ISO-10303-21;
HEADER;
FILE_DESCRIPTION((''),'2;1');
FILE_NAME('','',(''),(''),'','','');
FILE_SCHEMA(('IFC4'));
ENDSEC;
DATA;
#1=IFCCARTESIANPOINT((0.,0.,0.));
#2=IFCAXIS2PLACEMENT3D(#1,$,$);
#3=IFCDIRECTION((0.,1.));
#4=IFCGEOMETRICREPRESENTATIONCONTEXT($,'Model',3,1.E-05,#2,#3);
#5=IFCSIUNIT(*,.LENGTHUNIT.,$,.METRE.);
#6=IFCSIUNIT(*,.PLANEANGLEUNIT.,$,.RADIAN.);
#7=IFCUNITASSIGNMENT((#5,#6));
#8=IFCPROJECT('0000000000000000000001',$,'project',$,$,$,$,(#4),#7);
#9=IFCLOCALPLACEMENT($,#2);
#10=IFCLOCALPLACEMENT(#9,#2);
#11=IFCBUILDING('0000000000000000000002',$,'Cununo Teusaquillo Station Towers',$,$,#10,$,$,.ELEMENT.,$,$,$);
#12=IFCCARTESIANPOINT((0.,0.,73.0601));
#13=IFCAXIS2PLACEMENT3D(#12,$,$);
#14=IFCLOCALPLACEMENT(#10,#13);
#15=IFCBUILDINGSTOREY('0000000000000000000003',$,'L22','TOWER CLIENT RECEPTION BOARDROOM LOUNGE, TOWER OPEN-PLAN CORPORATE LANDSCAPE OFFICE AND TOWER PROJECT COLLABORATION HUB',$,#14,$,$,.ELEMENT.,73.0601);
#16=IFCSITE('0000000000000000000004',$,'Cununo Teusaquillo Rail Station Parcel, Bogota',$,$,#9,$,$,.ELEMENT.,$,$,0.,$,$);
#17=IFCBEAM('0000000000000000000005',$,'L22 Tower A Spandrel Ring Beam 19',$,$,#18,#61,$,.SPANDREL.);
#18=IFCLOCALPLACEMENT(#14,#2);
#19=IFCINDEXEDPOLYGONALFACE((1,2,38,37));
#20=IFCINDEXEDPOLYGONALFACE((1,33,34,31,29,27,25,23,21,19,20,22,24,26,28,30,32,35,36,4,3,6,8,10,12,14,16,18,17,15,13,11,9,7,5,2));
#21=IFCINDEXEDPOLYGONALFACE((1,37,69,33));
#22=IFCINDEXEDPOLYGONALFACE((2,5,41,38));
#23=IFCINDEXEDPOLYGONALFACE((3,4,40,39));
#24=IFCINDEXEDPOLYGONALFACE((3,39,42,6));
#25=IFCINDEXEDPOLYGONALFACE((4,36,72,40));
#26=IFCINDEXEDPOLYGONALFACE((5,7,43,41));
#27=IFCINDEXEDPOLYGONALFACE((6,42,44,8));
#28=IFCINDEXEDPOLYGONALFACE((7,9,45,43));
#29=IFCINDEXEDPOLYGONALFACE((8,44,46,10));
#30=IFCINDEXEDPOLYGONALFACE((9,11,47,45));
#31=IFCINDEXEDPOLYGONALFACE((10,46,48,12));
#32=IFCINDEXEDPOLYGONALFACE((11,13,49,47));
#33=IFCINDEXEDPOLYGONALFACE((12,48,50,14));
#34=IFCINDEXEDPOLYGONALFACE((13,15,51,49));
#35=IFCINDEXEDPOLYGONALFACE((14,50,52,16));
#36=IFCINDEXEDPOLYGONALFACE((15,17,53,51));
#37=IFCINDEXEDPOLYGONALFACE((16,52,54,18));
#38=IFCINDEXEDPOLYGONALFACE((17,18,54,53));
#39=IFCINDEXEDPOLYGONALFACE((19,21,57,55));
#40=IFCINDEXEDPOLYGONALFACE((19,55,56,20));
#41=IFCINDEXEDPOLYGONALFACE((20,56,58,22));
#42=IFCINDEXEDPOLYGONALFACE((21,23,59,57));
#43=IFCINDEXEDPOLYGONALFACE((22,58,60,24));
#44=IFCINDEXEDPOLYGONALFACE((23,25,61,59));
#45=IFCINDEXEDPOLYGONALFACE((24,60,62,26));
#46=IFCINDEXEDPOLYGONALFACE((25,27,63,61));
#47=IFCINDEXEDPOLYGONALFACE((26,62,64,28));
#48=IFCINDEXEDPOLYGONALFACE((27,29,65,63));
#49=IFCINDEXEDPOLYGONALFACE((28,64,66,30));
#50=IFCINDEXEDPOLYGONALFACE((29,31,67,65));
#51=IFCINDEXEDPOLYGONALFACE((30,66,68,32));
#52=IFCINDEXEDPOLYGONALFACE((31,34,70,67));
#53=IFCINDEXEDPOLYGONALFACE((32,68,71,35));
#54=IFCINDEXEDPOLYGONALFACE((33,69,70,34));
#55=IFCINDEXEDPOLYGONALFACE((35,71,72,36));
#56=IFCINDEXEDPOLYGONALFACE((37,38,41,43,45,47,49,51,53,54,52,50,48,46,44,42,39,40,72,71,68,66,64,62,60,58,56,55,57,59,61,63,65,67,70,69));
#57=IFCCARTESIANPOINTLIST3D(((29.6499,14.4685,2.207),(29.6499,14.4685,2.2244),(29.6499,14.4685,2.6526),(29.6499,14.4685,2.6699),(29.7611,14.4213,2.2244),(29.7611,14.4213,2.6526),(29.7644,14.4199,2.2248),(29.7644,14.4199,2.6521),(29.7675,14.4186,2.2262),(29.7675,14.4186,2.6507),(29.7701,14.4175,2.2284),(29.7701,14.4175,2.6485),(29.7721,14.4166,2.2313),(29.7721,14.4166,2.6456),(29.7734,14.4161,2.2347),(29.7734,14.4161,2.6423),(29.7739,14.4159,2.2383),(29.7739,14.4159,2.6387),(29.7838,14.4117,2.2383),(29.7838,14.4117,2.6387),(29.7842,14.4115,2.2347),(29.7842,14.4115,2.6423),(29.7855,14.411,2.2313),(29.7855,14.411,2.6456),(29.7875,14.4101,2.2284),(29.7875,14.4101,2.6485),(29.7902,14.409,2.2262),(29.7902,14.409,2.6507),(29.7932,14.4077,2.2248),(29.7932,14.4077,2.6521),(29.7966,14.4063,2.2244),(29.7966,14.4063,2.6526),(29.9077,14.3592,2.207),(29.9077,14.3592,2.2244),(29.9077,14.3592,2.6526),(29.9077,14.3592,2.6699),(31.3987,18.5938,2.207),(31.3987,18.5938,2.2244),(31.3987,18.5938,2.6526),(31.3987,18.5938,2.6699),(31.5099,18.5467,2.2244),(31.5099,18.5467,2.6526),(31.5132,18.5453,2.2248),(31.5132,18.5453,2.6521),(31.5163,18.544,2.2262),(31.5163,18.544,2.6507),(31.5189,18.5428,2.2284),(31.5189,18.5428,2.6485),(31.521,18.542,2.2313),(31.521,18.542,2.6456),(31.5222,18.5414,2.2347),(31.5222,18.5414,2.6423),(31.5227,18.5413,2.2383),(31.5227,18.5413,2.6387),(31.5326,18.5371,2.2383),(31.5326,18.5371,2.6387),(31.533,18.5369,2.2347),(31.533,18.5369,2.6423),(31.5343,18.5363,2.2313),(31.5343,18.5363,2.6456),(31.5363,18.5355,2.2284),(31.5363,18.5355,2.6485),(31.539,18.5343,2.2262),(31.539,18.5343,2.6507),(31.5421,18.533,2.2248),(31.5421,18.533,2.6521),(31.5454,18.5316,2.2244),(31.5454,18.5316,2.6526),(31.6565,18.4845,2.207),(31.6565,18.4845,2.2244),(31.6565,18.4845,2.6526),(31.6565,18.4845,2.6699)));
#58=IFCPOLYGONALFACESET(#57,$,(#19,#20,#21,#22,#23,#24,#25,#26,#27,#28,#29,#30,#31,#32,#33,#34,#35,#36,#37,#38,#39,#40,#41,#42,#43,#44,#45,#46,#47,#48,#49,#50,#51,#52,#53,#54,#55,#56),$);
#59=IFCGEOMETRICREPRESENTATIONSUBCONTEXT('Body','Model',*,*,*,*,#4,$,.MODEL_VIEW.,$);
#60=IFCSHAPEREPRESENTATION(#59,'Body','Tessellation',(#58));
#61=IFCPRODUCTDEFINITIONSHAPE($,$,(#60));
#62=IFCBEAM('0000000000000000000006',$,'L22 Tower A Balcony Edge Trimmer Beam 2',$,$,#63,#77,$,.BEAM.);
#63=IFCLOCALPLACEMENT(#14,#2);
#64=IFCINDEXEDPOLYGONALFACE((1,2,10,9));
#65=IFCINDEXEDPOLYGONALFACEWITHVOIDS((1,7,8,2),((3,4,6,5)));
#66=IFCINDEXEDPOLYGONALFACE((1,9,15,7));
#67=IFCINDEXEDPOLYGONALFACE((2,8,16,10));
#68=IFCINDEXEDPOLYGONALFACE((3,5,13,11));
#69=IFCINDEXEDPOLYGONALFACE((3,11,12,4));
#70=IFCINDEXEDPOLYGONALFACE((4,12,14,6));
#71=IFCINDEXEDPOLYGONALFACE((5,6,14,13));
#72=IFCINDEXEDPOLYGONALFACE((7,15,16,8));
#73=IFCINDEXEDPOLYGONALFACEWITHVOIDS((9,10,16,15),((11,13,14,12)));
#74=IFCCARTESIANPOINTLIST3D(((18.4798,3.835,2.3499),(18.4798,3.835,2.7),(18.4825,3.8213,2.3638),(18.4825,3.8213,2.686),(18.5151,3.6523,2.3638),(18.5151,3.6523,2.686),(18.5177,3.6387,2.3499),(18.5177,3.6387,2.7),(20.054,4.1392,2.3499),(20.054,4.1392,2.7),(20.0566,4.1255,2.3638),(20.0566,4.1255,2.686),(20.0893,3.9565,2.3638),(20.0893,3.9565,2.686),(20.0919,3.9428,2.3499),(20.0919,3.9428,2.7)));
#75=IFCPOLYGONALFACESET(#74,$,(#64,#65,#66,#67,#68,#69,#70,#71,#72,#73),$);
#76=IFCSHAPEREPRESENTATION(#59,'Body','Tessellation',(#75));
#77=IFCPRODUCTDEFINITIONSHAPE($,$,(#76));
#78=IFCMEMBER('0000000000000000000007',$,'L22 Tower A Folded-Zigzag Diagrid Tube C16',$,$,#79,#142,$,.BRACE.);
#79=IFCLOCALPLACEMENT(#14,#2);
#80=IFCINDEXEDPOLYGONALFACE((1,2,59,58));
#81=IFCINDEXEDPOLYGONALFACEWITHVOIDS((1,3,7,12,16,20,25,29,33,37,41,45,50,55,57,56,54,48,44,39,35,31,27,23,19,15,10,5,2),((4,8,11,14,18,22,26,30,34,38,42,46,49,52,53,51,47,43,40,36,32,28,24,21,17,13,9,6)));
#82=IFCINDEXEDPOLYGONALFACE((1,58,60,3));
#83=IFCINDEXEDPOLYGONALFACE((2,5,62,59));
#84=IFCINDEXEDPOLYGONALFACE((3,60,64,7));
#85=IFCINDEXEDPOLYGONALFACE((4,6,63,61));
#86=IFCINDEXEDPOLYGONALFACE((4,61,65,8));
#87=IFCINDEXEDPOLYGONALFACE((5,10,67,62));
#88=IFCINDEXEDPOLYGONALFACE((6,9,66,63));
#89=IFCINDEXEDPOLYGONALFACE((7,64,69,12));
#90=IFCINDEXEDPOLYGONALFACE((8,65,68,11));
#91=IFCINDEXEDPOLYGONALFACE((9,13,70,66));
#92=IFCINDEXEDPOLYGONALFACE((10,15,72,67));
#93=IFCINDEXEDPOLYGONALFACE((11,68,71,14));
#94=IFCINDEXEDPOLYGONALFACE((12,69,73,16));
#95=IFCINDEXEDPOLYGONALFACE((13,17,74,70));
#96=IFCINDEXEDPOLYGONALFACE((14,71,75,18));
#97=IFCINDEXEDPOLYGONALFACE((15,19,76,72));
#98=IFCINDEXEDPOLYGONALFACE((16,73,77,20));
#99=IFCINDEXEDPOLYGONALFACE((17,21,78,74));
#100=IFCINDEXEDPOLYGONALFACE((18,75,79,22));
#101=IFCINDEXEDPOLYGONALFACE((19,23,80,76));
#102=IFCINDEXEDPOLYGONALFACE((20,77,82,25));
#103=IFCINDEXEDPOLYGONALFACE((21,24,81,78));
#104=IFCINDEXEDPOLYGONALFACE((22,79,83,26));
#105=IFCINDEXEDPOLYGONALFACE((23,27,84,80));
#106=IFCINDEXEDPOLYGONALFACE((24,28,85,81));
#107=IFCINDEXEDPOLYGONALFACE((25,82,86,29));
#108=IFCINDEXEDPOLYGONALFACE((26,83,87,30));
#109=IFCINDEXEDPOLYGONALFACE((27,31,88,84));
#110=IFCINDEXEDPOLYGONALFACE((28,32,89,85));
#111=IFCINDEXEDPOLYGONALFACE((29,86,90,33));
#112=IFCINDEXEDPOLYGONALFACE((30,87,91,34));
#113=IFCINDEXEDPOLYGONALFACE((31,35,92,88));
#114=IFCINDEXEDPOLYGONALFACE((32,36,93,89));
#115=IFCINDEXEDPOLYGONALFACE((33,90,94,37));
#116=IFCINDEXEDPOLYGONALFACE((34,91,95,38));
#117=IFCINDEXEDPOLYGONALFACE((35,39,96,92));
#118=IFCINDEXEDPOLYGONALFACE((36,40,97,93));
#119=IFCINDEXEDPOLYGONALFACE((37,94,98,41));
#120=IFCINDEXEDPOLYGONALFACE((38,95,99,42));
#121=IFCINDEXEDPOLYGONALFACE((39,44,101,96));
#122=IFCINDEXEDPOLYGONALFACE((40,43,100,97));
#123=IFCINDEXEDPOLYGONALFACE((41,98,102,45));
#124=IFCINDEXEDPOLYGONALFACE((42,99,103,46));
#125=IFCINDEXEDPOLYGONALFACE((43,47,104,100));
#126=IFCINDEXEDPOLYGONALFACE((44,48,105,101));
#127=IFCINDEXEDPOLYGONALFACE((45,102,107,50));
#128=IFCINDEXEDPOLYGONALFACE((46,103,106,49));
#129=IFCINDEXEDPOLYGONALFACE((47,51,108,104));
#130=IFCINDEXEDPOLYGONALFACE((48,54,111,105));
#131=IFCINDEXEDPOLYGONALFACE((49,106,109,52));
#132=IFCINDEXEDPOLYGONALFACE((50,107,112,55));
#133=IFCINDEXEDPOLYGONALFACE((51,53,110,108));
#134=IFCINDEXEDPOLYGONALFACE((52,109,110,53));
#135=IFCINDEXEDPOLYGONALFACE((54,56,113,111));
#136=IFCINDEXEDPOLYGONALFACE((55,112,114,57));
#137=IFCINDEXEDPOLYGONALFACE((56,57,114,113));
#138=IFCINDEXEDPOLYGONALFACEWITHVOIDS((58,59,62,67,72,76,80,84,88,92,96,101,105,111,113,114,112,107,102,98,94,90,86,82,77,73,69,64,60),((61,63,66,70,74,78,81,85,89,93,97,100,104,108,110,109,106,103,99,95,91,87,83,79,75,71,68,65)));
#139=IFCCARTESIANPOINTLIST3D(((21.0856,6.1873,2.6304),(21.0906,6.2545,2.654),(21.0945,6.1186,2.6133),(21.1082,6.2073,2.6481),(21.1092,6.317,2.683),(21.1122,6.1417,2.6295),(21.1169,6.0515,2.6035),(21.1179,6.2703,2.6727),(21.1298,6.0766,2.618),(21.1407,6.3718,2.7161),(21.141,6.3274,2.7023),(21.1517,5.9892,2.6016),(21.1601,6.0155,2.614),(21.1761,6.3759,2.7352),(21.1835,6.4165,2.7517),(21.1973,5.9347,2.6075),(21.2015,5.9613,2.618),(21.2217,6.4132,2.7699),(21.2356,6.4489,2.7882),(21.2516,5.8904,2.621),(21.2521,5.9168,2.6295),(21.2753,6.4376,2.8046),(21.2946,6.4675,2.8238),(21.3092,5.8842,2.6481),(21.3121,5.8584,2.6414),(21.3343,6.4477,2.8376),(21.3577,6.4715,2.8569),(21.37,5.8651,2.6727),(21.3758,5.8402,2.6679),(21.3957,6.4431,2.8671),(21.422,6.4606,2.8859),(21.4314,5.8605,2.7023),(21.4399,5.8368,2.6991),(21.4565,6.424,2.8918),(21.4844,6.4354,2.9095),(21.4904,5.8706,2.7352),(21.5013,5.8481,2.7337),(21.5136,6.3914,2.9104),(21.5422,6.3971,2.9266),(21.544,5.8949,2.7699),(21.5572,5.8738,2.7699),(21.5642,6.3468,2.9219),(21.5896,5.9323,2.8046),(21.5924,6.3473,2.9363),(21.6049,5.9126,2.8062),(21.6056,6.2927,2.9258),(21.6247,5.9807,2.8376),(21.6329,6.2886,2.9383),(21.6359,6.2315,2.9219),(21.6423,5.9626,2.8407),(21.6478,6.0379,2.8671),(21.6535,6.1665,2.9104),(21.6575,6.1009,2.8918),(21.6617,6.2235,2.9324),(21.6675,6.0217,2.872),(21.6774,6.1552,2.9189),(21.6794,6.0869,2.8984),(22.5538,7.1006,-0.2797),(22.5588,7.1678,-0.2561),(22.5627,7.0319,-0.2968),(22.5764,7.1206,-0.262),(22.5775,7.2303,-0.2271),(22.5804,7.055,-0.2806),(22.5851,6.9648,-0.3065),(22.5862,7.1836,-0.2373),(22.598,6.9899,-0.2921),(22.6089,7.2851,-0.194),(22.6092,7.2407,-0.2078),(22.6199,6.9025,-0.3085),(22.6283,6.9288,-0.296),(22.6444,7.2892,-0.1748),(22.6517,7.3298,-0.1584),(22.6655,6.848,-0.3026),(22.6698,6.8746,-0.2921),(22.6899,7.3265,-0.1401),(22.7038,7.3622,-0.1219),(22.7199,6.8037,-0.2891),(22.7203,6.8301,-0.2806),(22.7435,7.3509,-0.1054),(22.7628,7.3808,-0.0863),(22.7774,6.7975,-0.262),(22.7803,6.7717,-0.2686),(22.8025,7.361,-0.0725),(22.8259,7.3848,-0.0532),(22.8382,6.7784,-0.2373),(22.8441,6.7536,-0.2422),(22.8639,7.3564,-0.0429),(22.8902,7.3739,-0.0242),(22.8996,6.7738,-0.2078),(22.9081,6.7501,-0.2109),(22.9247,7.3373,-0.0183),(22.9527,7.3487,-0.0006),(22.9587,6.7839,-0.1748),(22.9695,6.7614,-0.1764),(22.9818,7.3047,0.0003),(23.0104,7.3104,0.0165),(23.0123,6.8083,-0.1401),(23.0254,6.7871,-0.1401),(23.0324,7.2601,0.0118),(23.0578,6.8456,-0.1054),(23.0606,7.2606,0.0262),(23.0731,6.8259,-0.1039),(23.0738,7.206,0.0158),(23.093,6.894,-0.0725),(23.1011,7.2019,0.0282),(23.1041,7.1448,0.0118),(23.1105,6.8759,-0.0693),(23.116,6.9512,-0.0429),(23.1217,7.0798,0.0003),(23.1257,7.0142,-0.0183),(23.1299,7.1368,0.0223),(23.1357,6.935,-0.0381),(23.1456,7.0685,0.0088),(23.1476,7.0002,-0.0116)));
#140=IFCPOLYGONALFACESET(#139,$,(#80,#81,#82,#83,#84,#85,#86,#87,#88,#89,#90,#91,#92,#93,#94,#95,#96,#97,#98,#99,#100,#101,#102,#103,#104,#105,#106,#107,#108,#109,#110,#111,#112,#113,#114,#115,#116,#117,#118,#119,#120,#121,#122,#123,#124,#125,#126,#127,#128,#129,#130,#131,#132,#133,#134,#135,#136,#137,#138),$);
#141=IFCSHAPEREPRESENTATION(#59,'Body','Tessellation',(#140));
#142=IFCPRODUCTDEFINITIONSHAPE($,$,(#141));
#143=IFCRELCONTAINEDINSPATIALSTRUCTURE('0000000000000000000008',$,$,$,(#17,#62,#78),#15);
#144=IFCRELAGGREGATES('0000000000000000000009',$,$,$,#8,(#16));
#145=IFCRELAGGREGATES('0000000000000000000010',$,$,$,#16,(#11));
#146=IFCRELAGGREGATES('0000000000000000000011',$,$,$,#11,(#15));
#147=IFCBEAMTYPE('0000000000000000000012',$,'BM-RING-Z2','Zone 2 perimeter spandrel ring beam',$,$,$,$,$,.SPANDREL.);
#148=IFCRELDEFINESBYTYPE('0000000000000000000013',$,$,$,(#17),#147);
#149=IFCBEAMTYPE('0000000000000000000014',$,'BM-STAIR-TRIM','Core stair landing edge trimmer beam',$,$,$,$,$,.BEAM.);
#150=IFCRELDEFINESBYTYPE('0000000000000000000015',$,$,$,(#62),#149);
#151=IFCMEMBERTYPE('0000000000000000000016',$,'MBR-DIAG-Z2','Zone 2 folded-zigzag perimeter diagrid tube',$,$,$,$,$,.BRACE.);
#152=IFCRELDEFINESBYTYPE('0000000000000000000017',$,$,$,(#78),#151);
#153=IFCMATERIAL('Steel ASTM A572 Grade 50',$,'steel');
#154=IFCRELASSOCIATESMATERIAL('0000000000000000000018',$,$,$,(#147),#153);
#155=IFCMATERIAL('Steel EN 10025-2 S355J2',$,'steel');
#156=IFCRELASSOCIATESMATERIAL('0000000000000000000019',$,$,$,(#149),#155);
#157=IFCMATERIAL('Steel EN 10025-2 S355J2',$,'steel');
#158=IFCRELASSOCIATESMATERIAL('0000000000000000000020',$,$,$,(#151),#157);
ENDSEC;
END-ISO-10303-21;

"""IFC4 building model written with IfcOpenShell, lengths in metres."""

from ifc_helpers import new_model, si_unit, direction, frame, origin, origin_2d, place, context, subcontext, project, spatial, hollow_rectangle, hollow_circle, i_section, extrude, material, material_profile, profile_set, type_object, element, save


model = new_model("IFC4")

# Units and contexts
model_context = context("Model", 3, precision=1e-05, world=origin(), true_north=direction((0.0, 1.0)))
body_context = subcontext(model_context, "Body", "Model", "MODEL_VIEW")
ifc_project = project(units=[si_unit("LENGTHUNIT", "METRE"), si_unit("PLANEANGLEUNIT", "RADIAN")], contexts=[model_context])

# Site, building, storey
site_placement = place(None, origin())
site = spatial("IfcSite", under=ifc_project, at=site_placement, Name="Cununo Teusaquillo Rail Station Parcel, Bogota", CompositionType="ELEMENT", RefElevation=0.0)
building_placement = place(site_placement, origin())
building = spatial("IfcBuilding", under=site, at=building_placement, Name="Cununo Teusaquillo Station Towers", CompositionType="ELEMENT")
storey_placement = place(building_placement, frame((0.0, 0.0, 73.0601)))
storey = spatial("IfcBuildingStorey", under=building, at=storey_placement, Name="L22", Description="TOWER CLIENT RECEPTION BOARDROOM LOUNGE, TOWER OPEN-PLAN CORPORATE LANDSCAPE OFFICE AND TOWER PROJECT COLLABORATION HUB", CompositionType="ELEMENT", Elevation=73.0601)

# Beams
ifc_material_1 = material(Name="Steel ASTM A572 Grade 50", Category="steel")
ifc_material_profile_1 = material_profile(ifc_material_1, i_section(OverallWidth=0.28, OverallDepth=0.4629, WebThickness=0.0107, FlangeThickness=0.0173, FilletRadius=0.0139, at=origin_2d()), Name="W18X76")
ifc_profile_set_1 = profile_set([ifc_material_profile_1], Name="Steel ASTM A572 Grade 50")
beam_type_1 = type_object("IfcBeamType", Name="BM-RING-Z2", Description="Zone 2 perimeter spandrel ring beam", PredefinedType="SPANDREL", material=ifc_profile_set_1)
beam_1_placement = place(storey_placement, frame((29.7788, 14.4138, 2.4385), z_axis=(0.390299, 0.920688, 0.0), x_axis=(-0.920688, 0.390299, 0.0)))
element("IfcBeam", 1, at=beam_1_placement, inside=storey, type_object=beam_type_1, Name="L22 Tower A Spandrel Ring Beam 19", PredefinedType="SPANDREL", context=body_context, shape_type="SweptSolid", body=[
    extrude(i_section(OverallWidth=0.28, OverallDepth=0.4629, WebThickness=0.0107, FlangeThickness=0.0173, FilletRadius=0.0139, at=origin_2d()), origin(), (0.0, 0.0, 1.0), 4.4807),
])
ifc_material_2 = material(Name="Steel EN 10025-2 S355J2", Category="steel")
ifc_material_profile_2 = material_profile(ifc_material_2, hollow_rectangle(XDim=0.2, YDim=0.3501, WallThickness=0.0139, at=origin_2d()), Name="RHS 350x200x14")
ifc_profile_set_2 = profile_set([ifc_material_profile_2], Name="Steel EN 10025-2 S355J2")
beam_type_2 = type_object("IfcBeamType", Name="BM-STAIR-TRIM", Description="Core stair landing edge trimmer beam", PredefinedType="BEAM", material=ifc_profile_set_2)
beam_2_placement = place(storey_placement, frame((18.4988, 3.7368, 2.5249), z_axis=(0.981837, 0.189728, 0.0), x_axis=(-0.189728, 0.981837, 0.0)))
element("IfcBeam", 2, at=beam_2_placement, inside=storey, type_object=beam_type_2, Name="L22 Tower A Balcony Edge Trimmer Beam 2", PredefinedType="BEAM", context=body_context, shape_type="SweptSolid", body=[
    extrude(hollow_rectangle(XDim=0.2, YDim=0.3501, WallThickness=0.0139, at=origin_2d()), origin(), (0.0, 0.0, 1.0), 1.6033),
])

# Member
ifc_material_3 = material(Name="Steel EN 10025-2 S355J2", Category="steel")
ifc_material_profile_3 = material_profile(ifc_material_3, hollow_circle(Radius=0.3301, WallThickness=0.0249, at=origin_2d()), Name="CHS 660x25")
ifc_profile_set_3 = profile_set([ifc_material_profile_3], Name="Steel EN 10025-2 S355J2")
member_type = type_object("IfcMemberType", Name="MBR-DIAG-Z2", Description="Zone 2 folded-zigzag perimeter diagrid tube", PredefinedType="BRACE", material=ifc_profile_set_3)
member_1_placement = place(storey_placement, frame((22.8511, 7.0674, -0.1401), z_axis=(-0.433741, -0.269808, 0.859693), x_axis=(0.528196, -0.849123, 0.0)))
element("IfcMember", 3, at=member_1_placement, inside=storey, type_object=member_type, Name="L22 Tower A Folded-Zigzag Diagrid Tube C16", PredefinedType="BRACE", context=body_context, shape_type="SweptSolid", body=[
    extrude(hollow_circle(Radius=0.3301, WallThickness=0.0249, at=origin_2d()), origin(), (0.0, 0.0, 1.0), 3.385),
])

save(model, "model.ifc")
